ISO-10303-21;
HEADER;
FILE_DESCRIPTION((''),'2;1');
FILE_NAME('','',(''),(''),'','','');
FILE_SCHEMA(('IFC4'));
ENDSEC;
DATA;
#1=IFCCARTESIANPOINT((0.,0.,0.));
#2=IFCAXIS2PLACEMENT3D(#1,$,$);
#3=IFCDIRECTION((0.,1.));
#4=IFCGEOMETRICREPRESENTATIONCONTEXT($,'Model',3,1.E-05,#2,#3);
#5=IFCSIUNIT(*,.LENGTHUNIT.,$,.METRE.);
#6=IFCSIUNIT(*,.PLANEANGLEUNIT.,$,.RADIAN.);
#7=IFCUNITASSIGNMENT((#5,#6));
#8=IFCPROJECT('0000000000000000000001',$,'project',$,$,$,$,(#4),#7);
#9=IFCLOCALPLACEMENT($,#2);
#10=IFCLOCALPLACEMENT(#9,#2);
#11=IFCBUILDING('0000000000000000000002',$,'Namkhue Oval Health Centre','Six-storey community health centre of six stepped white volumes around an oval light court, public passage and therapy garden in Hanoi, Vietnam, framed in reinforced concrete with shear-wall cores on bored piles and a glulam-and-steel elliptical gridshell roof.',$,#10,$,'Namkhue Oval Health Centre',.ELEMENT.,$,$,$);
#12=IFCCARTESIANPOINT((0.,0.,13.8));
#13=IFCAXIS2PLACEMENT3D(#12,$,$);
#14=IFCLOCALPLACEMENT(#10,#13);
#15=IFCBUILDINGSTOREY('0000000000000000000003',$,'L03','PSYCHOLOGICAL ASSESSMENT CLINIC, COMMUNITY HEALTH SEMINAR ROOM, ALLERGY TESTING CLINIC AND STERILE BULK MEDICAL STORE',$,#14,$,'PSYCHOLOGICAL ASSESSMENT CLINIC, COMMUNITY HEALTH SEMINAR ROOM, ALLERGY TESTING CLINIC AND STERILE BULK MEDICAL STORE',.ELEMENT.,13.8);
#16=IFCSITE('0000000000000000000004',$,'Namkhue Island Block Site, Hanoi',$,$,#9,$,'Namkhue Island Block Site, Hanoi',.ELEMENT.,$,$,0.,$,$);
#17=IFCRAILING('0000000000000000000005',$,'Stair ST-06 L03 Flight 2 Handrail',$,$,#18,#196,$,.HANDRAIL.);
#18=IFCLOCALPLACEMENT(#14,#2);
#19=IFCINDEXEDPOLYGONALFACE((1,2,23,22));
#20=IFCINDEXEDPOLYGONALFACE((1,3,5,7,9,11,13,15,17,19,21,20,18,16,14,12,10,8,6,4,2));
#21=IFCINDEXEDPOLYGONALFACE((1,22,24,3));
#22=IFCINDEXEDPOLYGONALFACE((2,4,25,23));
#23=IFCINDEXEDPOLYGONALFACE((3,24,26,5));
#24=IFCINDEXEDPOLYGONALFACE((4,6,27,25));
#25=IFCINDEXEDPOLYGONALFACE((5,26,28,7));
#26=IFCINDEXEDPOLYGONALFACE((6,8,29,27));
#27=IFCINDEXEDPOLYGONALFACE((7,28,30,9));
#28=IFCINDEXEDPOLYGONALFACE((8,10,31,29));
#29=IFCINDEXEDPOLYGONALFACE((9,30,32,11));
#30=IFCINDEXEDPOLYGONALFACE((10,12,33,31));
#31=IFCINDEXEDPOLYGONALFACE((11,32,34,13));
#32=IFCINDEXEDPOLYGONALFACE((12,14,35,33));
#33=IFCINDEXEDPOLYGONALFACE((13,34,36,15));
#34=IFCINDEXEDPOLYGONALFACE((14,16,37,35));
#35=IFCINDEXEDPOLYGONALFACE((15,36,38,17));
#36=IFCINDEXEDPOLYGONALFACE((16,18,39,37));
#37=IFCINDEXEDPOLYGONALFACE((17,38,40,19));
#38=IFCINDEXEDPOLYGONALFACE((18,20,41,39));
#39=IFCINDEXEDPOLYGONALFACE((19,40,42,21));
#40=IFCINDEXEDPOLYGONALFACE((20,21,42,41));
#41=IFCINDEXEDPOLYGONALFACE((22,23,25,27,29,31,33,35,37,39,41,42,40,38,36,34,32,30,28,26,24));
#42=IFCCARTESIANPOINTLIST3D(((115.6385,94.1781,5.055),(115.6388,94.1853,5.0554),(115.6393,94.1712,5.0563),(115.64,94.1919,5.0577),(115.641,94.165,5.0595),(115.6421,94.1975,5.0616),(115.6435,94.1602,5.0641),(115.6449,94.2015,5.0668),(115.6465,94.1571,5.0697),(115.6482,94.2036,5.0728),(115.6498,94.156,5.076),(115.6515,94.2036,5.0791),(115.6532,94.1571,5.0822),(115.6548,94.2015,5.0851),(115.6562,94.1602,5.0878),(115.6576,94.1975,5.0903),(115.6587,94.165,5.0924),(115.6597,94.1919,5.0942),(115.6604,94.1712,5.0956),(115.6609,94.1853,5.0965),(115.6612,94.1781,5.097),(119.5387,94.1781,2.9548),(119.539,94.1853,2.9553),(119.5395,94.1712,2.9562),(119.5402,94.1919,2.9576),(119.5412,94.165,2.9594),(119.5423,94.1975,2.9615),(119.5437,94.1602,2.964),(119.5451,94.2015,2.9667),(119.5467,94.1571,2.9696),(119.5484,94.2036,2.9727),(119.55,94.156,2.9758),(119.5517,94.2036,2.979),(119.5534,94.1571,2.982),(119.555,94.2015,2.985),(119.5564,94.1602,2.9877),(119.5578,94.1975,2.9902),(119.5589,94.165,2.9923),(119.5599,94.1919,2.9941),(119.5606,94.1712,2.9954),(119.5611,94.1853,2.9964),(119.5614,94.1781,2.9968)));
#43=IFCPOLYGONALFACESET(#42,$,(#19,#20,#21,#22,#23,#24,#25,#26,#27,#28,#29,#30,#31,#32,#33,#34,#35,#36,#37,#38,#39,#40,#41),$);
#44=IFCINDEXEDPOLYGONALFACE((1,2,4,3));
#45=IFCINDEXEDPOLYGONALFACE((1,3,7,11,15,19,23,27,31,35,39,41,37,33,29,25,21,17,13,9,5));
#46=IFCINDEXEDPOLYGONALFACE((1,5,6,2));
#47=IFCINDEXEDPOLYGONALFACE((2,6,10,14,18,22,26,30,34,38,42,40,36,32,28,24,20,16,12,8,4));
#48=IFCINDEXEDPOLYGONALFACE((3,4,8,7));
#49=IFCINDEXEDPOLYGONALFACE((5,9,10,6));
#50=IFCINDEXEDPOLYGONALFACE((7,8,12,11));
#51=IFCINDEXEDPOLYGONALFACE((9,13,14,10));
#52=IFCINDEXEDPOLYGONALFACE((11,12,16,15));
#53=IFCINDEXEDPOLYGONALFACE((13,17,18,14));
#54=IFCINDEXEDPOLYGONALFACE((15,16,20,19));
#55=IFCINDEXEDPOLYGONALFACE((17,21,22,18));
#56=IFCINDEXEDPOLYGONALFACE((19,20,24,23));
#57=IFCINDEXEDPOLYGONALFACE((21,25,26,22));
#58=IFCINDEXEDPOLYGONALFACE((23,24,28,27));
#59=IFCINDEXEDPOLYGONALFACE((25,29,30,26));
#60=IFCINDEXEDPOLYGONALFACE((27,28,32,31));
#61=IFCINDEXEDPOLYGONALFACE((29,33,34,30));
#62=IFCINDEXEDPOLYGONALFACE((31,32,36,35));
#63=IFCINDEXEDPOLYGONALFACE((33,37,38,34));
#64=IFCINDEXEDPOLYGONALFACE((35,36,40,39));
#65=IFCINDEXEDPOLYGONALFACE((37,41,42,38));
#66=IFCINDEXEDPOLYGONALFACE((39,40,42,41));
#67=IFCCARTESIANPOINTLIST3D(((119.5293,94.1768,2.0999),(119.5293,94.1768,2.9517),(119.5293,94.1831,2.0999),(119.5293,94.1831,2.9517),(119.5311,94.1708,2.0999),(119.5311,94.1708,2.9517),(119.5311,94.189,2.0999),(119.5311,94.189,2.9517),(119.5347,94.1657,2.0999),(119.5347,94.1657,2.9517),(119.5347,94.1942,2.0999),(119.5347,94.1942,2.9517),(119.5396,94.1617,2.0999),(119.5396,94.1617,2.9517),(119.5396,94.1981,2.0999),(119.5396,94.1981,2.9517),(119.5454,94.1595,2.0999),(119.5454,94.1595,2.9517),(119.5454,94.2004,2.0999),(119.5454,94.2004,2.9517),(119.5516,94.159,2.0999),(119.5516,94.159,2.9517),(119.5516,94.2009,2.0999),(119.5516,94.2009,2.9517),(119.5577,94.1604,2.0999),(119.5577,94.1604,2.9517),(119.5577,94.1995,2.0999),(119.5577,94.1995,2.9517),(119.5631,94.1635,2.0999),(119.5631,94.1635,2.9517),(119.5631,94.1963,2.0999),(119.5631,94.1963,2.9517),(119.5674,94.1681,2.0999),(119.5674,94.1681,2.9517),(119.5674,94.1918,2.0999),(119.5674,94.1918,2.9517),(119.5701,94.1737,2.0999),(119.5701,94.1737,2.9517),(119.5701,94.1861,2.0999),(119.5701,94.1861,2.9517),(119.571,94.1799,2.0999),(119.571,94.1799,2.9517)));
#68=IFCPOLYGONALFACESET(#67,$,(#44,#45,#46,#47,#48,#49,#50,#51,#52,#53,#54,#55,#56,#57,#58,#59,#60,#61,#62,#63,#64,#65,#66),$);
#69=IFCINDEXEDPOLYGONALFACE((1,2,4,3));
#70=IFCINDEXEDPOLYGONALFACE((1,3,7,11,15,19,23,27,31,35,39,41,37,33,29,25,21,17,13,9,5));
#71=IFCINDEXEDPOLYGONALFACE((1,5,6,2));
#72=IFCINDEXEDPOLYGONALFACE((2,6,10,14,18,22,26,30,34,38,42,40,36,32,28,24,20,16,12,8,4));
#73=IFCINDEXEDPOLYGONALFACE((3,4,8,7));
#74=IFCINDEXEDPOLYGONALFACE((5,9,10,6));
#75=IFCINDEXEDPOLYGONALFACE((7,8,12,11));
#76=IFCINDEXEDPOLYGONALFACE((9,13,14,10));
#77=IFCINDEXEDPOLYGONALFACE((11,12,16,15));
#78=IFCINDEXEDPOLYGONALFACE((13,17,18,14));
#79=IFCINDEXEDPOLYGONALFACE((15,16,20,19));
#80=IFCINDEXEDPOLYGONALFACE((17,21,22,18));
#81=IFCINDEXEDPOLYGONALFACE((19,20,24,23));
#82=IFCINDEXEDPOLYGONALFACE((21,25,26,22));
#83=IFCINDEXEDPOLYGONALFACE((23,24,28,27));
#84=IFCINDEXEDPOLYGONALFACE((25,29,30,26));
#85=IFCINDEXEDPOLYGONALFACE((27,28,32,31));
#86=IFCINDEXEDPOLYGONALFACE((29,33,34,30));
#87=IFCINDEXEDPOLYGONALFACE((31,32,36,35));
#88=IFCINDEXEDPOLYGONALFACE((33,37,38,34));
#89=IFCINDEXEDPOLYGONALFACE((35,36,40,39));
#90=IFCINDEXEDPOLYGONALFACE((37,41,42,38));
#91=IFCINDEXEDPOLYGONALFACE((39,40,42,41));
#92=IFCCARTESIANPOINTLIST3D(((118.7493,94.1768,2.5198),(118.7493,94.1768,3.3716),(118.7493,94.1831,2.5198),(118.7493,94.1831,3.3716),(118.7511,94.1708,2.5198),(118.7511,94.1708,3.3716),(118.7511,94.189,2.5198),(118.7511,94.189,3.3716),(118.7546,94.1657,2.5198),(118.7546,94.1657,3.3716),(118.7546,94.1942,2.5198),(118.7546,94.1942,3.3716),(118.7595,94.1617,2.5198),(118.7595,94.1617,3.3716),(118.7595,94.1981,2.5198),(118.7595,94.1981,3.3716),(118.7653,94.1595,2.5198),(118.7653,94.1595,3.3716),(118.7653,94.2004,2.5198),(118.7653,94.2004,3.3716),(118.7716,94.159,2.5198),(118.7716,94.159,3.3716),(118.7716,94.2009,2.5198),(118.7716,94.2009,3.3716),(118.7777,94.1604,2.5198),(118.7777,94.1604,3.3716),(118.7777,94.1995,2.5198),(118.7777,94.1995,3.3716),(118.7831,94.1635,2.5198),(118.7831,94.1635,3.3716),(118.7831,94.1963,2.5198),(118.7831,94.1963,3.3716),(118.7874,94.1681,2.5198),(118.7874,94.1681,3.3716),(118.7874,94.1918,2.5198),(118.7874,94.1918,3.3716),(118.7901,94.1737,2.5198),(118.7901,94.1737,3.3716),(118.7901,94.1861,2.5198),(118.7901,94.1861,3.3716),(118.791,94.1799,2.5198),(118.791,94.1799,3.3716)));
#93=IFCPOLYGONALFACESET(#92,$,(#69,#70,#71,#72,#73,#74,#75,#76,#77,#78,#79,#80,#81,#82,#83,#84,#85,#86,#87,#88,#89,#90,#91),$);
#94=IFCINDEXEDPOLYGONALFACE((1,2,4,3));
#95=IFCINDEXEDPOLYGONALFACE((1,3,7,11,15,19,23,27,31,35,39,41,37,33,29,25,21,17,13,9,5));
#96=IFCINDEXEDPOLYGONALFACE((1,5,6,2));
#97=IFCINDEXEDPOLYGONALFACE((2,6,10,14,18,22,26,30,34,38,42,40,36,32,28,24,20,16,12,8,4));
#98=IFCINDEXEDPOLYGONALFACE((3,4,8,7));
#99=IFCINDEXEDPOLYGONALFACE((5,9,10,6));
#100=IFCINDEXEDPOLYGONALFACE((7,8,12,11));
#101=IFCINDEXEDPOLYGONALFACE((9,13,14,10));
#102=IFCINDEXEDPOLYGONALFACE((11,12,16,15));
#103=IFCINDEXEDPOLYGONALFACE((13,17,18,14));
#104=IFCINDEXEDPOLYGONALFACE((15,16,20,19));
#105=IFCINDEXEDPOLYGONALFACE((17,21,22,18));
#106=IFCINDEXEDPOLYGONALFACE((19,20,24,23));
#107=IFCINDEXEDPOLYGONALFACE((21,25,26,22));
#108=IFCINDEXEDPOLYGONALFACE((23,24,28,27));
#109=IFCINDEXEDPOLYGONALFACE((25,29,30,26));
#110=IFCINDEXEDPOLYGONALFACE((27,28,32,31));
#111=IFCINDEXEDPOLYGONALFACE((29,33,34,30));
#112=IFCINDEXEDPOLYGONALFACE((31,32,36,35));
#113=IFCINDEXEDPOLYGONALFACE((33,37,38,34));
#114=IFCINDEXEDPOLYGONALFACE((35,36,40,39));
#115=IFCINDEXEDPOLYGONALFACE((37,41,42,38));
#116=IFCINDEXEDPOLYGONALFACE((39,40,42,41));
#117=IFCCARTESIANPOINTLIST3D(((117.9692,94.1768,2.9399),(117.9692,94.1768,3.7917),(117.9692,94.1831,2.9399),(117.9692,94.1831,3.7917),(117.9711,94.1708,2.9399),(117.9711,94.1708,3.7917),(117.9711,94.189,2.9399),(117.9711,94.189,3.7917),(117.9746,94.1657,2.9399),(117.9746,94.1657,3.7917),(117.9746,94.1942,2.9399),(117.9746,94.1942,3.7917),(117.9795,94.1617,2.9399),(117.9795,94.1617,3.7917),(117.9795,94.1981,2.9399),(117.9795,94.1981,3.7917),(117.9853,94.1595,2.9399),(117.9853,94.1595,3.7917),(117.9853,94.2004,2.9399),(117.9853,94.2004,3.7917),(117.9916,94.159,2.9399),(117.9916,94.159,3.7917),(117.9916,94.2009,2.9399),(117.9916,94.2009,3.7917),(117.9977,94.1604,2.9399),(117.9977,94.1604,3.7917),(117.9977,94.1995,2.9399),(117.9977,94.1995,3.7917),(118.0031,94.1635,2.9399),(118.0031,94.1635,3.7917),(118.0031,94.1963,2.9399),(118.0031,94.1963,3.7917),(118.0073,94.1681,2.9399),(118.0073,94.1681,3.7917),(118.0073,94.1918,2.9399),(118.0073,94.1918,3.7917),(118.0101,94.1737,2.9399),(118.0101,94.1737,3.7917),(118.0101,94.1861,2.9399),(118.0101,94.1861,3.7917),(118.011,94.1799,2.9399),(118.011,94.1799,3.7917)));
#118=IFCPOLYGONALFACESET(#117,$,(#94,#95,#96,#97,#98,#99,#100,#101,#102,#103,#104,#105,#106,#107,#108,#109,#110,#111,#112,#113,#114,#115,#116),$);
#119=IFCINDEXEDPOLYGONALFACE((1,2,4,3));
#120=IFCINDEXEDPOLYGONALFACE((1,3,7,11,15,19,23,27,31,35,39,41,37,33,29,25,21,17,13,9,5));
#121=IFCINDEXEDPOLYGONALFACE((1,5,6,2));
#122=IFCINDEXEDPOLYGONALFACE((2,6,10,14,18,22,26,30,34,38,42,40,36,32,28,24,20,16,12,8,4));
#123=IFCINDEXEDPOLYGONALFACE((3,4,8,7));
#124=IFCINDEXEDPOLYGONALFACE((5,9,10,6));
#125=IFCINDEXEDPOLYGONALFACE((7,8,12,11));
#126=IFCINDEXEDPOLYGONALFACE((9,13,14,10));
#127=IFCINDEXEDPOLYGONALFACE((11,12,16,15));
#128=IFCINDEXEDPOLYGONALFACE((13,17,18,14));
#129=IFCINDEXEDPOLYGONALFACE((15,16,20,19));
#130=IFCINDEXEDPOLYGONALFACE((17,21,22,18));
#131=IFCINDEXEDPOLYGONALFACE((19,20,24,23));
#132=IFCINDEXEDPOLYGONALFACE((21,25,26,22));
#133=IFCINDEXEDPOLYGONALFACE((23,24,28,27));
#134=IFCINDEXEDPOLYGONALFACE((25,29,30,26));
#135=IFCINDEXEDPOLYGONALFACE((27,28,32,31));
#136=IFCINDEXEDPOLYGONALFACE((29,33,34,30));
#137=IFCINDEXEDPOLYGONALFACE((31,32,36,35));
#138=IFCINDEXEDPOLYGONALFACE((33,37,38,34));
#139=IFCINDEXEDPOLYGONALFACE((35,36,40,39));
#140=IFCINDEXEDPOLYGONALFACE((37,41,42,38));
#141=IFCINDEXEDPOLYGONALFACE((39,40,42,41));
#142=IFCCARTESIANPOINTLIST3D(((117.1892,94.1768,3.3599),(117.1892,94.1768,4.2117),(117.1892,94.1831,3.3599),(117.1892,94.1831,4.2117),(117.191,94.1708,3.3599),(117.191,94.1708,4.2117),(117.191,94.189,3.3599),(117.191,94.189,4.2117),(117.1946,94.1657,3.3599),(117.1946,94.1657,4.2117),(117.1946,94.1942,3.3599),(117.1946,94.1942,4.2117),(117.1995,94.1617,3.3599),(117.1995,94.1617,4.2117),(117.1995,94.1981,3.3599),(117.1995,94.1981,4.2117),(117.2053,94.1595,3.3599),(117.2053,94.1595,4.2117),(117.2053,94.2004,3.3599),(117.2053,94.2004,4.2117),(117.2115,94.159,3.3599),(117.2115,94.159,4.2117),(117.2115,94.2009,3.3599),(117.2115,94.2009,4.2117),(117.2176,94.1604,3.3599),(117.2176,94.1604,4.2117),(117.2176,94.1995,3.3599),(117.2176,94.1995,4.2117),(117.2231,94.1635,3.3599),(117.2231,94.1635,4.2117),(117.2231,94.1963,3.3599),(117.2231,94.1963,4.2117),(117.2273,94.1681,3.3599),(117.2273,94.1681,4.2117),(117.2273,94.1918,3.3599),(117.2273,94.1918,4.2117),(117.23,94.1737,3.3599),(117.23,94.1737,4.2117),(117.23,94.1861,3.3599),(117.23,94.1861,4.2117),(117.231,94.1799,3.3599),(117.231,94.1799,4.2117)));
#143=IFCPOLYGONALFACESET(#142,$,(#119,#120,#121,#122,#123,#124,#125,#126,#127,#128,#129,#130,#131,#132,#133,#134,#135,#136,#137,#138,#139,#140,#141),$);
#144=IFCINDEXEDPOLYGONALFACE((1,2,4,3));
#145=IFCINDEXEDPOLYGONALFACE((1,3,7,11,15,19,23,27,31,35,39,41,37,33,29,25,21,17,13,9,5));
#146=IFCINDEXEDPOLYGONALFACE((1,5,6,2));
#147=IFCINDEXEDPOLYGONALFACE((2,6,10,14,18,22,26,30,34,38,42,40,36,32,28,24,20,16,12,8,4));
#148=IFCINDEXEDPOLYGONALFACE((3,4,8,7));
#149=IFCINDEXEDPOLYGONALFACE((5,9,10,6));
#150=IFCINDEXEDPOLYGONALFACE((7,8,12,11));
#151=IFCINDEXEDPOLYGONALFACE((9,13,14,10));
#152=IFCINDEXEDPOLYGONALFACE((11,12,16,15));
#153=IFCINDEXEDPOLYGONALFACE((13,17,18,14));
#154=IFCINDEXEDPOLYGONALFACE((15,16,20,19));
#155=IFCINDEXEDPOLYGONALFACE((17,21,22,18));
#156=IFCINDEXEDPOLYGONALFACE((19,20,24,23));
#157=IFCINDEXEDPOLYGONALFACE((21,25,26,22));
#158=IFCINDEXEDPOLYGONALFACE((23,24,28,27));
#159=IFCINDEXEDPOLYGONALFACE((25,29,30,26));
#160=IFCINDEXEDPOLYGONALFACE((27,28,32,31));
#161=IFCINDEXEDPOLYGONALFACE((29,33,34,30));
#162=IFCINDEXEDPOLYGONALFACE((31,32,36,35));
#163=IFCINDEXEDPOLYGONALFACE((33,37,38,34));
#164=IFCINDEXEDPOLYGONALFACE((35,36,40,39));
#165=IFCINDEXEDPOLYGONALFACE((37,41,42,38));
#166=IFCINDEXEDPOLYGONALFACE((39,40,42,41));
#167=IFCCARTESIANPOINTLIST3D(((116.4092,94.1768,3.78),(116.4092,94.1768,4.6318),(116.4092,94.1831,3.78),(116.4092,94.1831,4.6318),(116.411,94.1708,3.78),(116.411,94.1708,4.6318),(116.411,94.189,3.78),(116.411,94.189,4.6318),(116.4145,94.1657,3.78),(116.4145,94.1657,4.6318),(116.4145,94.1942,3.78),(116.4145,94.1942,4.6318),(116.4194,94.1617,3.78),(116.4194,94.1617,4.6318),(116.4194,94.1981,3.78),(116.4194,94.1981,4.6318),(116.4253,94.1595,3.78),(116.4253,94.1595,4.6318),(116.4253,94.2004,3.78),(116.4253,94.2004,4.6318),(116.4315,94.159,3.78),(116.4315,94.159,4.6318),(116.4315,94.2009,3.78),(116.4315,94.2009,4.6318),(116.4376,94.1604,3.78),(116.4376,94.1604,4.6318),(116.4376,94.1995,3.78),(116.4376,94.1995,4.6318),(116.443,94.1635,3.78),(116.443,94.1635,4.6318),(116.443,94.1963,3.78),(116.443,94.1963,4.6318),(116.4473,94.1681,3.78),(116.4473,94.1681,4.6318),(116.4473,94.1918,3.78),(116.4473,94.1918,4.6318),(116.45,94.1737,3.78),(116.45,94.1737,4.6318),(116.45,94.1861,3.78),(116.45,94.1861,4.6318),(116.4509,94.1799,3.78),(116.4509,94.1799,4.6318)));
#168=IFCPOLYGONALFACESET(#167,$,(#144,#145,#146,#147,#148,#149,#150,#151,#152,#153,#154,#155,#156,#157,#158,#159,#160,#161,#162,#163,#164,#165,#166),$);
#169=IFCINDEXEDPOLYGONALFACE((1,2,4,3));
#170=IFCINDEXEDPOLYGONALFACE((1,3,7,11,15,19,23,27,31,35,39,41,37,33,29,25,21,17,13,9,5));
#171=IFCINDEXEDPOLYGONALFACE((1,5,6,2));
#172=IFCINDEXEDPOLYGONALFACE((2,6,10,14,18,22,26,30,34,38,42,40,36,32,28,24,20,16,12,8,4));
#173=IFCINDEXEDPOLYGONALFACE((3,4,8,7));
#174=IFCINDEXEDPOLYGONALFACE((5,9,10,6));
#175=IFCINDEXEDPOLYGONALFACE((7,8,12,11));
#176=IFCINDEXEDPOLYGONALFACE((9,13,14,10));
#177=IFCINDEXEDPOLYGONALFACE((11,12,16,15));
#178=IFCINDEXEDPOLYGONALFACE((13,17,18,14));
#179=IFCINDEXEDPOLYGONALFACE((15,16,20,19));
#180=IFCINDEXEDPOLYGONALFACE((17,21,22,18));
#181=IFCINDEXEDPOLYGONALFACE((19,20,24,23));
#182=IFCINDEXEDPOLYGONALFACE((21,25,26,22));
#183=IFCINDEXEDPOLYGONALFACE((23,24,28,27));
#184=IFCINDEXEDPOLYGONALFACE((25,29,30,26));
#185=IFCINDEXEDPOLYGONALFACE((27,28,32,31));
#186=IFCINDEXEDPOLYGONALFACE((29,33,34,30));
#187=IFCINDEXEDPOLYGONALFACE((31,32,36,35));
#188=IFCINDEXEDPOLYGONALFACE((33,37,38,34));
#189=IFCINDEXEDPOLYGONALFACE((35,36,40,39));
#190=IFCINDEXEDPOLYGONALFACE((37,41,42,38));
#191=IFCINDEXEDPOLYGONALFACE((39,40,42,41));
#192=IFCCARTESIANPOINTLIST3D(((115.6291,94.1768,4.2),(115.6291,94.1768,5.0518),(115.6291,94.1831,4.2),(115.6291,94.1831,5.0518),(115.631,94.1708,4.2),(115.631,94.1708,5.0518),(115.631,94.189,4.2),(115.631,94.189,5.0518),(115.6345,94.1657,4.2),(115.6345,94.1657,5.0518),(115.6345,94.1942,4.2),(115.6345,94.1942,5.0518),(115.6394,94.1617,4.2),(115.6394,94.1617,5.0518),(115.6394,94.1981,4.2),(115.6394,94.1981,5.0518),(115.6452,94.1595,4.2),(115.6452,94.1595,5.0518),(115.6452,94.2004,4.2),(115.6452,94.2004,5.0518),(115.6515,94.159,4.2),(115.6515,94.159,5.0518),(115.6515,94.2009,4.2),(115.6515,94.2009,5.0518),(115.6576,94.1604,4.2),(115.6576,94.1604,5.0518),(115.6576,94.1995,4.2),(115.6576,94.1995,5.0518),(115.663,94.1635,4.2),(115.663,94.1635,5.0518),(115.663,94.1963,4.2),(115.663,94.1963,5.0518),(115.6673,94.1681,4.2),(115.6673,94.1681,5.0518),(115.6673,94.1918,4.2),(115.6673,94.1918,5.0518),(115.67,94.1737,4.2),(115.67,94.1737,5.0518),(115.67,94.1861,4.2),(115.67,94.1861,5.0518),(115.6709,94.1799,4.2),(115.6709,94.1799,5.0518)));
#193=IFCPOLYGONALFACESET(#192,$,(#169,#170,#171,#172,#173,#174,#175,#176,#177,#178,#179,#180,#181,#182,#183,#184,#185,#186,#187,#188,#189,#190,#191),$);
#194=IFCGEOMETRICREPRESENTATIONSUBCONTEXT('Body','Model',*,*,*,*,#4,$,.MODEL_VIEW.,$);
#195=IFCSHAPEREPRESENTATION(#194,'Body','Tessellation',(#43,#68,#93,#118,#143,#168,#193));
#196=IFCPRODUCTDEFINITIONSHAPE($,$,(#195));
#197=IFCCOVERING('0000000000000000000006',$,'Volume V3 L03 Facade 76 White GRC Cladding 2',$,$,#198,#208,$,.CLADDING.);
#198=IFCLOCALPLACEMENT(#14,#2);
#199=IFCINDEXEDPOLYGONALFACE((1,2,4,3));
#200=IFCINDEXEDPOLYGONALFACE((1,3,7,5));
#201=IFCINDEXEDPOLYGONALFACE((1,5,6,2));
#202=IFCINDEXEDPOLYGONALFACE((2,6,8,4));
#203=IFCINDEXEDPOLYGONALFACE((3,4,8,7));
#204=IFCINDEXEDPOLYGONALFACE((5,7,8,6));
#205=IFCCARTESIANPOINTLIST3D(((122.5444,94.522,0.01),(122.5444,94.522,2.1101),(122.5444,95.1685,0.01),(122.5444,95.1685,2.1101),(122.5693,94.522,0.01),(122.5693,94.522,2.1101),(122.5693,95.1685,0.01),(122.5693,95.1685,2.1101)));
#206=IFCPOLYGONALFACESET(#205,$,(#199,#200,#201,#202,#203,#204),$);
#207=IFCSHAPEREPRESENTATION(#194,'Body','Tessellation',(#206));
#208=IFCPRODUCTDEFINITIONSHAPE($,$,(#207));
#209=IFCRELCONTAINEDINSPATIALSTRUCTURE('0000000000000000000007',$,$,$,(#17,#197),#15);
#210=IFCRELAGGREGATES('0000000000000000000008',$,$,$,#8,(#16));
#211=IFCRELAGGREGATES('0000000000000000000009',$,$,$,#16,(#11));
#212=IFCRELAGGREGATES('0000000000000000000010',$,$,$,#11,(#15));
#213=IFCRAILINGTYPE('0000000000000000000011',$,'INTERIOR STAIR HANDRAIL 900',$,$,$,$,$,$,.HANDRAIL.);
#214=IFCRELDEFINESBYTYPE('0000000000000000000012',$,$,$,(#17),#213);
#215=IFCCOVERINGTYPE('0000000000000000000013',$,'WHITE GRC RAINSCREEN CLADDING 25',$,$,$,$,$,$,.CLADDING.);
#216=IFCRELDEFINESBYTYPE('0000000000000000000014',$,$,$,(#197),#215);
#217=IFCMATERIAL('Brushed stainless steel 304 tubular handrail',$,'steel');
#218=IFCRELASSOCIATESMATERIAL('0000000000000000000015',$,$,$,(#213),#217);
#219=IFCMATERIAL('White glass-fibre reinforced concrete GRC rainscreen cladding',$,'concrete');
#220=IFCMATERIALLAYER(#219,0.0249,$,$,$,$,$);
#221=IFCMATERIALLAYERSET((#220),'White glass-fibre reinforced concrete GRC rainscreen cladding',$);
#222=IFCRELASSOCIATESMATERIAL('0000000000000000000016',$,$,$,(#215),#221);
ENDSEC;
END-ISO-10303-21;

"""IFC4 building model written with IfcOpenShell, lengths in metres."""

from ifc_helpers import new_model, si_unit, direction, frame, origin, origin_2d, place, context, subcontext, project, spatial, rectangle, circle, extrude, material, layer, layer_set, type_object, element, save


model = new_model("IFC4")

# Units and contexts
model_context = context("Model", 3, precision=1e-05, world=origin(), true_north=direction((0.0, 1.0)))
body_context = subcontext(model_context, "Body", "Model", "MODEL_VIEW")
ifc_project = project(units=[si_unit("LENGTHUNIT", "METRE"), si_unit("PLANEANGLEUNIT", "RADIAN")], contexts=[model_context])

# Site, building, storey
site_placement = place(None, origin())
site = spatial("IfcSite", under=ifc_project, at=site_placement, Name="Namkhue Island Block Site, Hanoi", LongName="Namkhue Island Block Site, Hanoi", CompositionType="ELEMENT", RefElevation=0.0)
building_placement = place(site_placement, origin())
building = spatial("IfcBuilding", under=site, at=building_placement, Name="Namkhue Oval Health Centre", Description="Six-storey community health centre of six stepped white volumes around an oval light court, public passage and therapy garden in Hanoi, Vietnam, framed in reinforced concrete with shear-wall cores on bored piles and a glulam-and-steel elliptical gridshell roof.", LongName="Namkhue Oval Health Centre", CompositionType="ELEMENT")
storey_placement = place(building_placement, frame((0.0, 0.0, 13.8)))
storey = spatial("IfcBuildingStorey", under=building, at=storey_placement, Name="L03", Description="PSYCHOLOGICAL ASSESSMENT CLINIC, COMMUNITY HEALTH SEMINAR ROOM, ALLERGY TESTING CLINIC AND STERILE BULK MEDICAL STORE", LongName="PSYCHOLOGICAL ASSESSMENT CLINIC, COMMUNITY HEALTH SEMINAR ROOM, ALLERGY TESTING CLINIC AND STERILE BULK MEDICAL STORE", CompositionType="ELEMENT", Elevation=13.8)

# Railing
ifc_material_1 = material(Name="Brushed stainless steel 304 tubular handrail", Category="steel")
railing_type_1 = type_object("IfcRailingType", Name="INTERIOR STAIR HANDRAIL 900", PredefinedType="HANDRAIL", material=ifc_material_1)
railing_1_placement = place(storey_placement, frame((119.55, 94.1799, 2.0999)))
element("IfcRailing", 1, at=railing_1_placement, inside=storey, type_object=railing_type_1, Name="Stair ST-06 L03 Flight 2 Handrail", PredefinedType="HANDRAIL", context=body_context, shape_type="SweptSolid", body=[
    extrude(circle(Radius=0.0239, at=origin_2d()), frame((0.0, 0.0, 0.876), z_axis=(-0.880469, 0.0, 0.474103), x_axis=(0.0, -1.0, 0.0)), (0.0, 0.0, 1.0), 4.4297),
    extrude(circle(Radius=0.021, at=origin_2d()), origin(), (0.0, 0.0, 1.0), 0.8518),
    extrude(circle(Radius=0.021, at=origin_2d()), frame((-0.78, 0.0, 0.4199)), (0.0, 0.0, 1.0), 0.8518),
    extrude(circle(Radius=0.021, at=origin_2d()), frame((-1.5601, 0.0, 0.8401)), (0.0, 0.0, 1.0), 0.8518),
    extrude(circle(Radius=0.021, at=origin_2d()), frame((-2.3401, 0.0, 1.26)), (0.0, 0.0, 1.0), 0.8518),
    extrude(circle(Radius=0.021, at=origin_2d()), frame((-3.1201, 0.0, 1.6802)), (0.0, 0.0, 1.0), 0.8518),
    extrude(circle(Radius=0.021, at=origin_2d()), frame((-3.9001, 0.0, 2.1001)), (0.0, 0.0, 1.0), 0.8518),
])

# Covering
ifc_material_2 = material(Name="White glass-fibre reinforced concrete GRC rainscreen cladding", Category="concrete")
ifc_layer_1 = layer(ifc_material_2, 0.0249)
ifc_layer_set_1 = layer_set([ifc_layer_1], Name="White glass-fibre reinforced concrete GRC rainscreen cladding")
covering_type = type_object("IfcCoveringType", Name="WHITE GRC RAINSCREEN CLADDING 25", PredefinedType="CLADDING", material=ifc_layer_set_1)
covering_1_placement = place(storey_placement, frame((122.5569, 94.8452, 0.01), z_axis=(0.0, 0.0, 1.0), x_axis=(0.0, 1.0, 0.0)))
element("IfcCovering", 2, at=covering_1_placement, inside=storey, type_object=covering_type, Name="Volume V3 L03 Facade 76 White GRC Cladding 2", PredefinedType="CLADDING", context=body_context, shape_type="SweptSolid", body=[
    extrude(rectangle(XDim=0.6465, YDim=0.0249, at=origin_2d()), origin(), (0.0, 0.0, 1.0), 2.1001),
])

save(model, "model.ifc")
